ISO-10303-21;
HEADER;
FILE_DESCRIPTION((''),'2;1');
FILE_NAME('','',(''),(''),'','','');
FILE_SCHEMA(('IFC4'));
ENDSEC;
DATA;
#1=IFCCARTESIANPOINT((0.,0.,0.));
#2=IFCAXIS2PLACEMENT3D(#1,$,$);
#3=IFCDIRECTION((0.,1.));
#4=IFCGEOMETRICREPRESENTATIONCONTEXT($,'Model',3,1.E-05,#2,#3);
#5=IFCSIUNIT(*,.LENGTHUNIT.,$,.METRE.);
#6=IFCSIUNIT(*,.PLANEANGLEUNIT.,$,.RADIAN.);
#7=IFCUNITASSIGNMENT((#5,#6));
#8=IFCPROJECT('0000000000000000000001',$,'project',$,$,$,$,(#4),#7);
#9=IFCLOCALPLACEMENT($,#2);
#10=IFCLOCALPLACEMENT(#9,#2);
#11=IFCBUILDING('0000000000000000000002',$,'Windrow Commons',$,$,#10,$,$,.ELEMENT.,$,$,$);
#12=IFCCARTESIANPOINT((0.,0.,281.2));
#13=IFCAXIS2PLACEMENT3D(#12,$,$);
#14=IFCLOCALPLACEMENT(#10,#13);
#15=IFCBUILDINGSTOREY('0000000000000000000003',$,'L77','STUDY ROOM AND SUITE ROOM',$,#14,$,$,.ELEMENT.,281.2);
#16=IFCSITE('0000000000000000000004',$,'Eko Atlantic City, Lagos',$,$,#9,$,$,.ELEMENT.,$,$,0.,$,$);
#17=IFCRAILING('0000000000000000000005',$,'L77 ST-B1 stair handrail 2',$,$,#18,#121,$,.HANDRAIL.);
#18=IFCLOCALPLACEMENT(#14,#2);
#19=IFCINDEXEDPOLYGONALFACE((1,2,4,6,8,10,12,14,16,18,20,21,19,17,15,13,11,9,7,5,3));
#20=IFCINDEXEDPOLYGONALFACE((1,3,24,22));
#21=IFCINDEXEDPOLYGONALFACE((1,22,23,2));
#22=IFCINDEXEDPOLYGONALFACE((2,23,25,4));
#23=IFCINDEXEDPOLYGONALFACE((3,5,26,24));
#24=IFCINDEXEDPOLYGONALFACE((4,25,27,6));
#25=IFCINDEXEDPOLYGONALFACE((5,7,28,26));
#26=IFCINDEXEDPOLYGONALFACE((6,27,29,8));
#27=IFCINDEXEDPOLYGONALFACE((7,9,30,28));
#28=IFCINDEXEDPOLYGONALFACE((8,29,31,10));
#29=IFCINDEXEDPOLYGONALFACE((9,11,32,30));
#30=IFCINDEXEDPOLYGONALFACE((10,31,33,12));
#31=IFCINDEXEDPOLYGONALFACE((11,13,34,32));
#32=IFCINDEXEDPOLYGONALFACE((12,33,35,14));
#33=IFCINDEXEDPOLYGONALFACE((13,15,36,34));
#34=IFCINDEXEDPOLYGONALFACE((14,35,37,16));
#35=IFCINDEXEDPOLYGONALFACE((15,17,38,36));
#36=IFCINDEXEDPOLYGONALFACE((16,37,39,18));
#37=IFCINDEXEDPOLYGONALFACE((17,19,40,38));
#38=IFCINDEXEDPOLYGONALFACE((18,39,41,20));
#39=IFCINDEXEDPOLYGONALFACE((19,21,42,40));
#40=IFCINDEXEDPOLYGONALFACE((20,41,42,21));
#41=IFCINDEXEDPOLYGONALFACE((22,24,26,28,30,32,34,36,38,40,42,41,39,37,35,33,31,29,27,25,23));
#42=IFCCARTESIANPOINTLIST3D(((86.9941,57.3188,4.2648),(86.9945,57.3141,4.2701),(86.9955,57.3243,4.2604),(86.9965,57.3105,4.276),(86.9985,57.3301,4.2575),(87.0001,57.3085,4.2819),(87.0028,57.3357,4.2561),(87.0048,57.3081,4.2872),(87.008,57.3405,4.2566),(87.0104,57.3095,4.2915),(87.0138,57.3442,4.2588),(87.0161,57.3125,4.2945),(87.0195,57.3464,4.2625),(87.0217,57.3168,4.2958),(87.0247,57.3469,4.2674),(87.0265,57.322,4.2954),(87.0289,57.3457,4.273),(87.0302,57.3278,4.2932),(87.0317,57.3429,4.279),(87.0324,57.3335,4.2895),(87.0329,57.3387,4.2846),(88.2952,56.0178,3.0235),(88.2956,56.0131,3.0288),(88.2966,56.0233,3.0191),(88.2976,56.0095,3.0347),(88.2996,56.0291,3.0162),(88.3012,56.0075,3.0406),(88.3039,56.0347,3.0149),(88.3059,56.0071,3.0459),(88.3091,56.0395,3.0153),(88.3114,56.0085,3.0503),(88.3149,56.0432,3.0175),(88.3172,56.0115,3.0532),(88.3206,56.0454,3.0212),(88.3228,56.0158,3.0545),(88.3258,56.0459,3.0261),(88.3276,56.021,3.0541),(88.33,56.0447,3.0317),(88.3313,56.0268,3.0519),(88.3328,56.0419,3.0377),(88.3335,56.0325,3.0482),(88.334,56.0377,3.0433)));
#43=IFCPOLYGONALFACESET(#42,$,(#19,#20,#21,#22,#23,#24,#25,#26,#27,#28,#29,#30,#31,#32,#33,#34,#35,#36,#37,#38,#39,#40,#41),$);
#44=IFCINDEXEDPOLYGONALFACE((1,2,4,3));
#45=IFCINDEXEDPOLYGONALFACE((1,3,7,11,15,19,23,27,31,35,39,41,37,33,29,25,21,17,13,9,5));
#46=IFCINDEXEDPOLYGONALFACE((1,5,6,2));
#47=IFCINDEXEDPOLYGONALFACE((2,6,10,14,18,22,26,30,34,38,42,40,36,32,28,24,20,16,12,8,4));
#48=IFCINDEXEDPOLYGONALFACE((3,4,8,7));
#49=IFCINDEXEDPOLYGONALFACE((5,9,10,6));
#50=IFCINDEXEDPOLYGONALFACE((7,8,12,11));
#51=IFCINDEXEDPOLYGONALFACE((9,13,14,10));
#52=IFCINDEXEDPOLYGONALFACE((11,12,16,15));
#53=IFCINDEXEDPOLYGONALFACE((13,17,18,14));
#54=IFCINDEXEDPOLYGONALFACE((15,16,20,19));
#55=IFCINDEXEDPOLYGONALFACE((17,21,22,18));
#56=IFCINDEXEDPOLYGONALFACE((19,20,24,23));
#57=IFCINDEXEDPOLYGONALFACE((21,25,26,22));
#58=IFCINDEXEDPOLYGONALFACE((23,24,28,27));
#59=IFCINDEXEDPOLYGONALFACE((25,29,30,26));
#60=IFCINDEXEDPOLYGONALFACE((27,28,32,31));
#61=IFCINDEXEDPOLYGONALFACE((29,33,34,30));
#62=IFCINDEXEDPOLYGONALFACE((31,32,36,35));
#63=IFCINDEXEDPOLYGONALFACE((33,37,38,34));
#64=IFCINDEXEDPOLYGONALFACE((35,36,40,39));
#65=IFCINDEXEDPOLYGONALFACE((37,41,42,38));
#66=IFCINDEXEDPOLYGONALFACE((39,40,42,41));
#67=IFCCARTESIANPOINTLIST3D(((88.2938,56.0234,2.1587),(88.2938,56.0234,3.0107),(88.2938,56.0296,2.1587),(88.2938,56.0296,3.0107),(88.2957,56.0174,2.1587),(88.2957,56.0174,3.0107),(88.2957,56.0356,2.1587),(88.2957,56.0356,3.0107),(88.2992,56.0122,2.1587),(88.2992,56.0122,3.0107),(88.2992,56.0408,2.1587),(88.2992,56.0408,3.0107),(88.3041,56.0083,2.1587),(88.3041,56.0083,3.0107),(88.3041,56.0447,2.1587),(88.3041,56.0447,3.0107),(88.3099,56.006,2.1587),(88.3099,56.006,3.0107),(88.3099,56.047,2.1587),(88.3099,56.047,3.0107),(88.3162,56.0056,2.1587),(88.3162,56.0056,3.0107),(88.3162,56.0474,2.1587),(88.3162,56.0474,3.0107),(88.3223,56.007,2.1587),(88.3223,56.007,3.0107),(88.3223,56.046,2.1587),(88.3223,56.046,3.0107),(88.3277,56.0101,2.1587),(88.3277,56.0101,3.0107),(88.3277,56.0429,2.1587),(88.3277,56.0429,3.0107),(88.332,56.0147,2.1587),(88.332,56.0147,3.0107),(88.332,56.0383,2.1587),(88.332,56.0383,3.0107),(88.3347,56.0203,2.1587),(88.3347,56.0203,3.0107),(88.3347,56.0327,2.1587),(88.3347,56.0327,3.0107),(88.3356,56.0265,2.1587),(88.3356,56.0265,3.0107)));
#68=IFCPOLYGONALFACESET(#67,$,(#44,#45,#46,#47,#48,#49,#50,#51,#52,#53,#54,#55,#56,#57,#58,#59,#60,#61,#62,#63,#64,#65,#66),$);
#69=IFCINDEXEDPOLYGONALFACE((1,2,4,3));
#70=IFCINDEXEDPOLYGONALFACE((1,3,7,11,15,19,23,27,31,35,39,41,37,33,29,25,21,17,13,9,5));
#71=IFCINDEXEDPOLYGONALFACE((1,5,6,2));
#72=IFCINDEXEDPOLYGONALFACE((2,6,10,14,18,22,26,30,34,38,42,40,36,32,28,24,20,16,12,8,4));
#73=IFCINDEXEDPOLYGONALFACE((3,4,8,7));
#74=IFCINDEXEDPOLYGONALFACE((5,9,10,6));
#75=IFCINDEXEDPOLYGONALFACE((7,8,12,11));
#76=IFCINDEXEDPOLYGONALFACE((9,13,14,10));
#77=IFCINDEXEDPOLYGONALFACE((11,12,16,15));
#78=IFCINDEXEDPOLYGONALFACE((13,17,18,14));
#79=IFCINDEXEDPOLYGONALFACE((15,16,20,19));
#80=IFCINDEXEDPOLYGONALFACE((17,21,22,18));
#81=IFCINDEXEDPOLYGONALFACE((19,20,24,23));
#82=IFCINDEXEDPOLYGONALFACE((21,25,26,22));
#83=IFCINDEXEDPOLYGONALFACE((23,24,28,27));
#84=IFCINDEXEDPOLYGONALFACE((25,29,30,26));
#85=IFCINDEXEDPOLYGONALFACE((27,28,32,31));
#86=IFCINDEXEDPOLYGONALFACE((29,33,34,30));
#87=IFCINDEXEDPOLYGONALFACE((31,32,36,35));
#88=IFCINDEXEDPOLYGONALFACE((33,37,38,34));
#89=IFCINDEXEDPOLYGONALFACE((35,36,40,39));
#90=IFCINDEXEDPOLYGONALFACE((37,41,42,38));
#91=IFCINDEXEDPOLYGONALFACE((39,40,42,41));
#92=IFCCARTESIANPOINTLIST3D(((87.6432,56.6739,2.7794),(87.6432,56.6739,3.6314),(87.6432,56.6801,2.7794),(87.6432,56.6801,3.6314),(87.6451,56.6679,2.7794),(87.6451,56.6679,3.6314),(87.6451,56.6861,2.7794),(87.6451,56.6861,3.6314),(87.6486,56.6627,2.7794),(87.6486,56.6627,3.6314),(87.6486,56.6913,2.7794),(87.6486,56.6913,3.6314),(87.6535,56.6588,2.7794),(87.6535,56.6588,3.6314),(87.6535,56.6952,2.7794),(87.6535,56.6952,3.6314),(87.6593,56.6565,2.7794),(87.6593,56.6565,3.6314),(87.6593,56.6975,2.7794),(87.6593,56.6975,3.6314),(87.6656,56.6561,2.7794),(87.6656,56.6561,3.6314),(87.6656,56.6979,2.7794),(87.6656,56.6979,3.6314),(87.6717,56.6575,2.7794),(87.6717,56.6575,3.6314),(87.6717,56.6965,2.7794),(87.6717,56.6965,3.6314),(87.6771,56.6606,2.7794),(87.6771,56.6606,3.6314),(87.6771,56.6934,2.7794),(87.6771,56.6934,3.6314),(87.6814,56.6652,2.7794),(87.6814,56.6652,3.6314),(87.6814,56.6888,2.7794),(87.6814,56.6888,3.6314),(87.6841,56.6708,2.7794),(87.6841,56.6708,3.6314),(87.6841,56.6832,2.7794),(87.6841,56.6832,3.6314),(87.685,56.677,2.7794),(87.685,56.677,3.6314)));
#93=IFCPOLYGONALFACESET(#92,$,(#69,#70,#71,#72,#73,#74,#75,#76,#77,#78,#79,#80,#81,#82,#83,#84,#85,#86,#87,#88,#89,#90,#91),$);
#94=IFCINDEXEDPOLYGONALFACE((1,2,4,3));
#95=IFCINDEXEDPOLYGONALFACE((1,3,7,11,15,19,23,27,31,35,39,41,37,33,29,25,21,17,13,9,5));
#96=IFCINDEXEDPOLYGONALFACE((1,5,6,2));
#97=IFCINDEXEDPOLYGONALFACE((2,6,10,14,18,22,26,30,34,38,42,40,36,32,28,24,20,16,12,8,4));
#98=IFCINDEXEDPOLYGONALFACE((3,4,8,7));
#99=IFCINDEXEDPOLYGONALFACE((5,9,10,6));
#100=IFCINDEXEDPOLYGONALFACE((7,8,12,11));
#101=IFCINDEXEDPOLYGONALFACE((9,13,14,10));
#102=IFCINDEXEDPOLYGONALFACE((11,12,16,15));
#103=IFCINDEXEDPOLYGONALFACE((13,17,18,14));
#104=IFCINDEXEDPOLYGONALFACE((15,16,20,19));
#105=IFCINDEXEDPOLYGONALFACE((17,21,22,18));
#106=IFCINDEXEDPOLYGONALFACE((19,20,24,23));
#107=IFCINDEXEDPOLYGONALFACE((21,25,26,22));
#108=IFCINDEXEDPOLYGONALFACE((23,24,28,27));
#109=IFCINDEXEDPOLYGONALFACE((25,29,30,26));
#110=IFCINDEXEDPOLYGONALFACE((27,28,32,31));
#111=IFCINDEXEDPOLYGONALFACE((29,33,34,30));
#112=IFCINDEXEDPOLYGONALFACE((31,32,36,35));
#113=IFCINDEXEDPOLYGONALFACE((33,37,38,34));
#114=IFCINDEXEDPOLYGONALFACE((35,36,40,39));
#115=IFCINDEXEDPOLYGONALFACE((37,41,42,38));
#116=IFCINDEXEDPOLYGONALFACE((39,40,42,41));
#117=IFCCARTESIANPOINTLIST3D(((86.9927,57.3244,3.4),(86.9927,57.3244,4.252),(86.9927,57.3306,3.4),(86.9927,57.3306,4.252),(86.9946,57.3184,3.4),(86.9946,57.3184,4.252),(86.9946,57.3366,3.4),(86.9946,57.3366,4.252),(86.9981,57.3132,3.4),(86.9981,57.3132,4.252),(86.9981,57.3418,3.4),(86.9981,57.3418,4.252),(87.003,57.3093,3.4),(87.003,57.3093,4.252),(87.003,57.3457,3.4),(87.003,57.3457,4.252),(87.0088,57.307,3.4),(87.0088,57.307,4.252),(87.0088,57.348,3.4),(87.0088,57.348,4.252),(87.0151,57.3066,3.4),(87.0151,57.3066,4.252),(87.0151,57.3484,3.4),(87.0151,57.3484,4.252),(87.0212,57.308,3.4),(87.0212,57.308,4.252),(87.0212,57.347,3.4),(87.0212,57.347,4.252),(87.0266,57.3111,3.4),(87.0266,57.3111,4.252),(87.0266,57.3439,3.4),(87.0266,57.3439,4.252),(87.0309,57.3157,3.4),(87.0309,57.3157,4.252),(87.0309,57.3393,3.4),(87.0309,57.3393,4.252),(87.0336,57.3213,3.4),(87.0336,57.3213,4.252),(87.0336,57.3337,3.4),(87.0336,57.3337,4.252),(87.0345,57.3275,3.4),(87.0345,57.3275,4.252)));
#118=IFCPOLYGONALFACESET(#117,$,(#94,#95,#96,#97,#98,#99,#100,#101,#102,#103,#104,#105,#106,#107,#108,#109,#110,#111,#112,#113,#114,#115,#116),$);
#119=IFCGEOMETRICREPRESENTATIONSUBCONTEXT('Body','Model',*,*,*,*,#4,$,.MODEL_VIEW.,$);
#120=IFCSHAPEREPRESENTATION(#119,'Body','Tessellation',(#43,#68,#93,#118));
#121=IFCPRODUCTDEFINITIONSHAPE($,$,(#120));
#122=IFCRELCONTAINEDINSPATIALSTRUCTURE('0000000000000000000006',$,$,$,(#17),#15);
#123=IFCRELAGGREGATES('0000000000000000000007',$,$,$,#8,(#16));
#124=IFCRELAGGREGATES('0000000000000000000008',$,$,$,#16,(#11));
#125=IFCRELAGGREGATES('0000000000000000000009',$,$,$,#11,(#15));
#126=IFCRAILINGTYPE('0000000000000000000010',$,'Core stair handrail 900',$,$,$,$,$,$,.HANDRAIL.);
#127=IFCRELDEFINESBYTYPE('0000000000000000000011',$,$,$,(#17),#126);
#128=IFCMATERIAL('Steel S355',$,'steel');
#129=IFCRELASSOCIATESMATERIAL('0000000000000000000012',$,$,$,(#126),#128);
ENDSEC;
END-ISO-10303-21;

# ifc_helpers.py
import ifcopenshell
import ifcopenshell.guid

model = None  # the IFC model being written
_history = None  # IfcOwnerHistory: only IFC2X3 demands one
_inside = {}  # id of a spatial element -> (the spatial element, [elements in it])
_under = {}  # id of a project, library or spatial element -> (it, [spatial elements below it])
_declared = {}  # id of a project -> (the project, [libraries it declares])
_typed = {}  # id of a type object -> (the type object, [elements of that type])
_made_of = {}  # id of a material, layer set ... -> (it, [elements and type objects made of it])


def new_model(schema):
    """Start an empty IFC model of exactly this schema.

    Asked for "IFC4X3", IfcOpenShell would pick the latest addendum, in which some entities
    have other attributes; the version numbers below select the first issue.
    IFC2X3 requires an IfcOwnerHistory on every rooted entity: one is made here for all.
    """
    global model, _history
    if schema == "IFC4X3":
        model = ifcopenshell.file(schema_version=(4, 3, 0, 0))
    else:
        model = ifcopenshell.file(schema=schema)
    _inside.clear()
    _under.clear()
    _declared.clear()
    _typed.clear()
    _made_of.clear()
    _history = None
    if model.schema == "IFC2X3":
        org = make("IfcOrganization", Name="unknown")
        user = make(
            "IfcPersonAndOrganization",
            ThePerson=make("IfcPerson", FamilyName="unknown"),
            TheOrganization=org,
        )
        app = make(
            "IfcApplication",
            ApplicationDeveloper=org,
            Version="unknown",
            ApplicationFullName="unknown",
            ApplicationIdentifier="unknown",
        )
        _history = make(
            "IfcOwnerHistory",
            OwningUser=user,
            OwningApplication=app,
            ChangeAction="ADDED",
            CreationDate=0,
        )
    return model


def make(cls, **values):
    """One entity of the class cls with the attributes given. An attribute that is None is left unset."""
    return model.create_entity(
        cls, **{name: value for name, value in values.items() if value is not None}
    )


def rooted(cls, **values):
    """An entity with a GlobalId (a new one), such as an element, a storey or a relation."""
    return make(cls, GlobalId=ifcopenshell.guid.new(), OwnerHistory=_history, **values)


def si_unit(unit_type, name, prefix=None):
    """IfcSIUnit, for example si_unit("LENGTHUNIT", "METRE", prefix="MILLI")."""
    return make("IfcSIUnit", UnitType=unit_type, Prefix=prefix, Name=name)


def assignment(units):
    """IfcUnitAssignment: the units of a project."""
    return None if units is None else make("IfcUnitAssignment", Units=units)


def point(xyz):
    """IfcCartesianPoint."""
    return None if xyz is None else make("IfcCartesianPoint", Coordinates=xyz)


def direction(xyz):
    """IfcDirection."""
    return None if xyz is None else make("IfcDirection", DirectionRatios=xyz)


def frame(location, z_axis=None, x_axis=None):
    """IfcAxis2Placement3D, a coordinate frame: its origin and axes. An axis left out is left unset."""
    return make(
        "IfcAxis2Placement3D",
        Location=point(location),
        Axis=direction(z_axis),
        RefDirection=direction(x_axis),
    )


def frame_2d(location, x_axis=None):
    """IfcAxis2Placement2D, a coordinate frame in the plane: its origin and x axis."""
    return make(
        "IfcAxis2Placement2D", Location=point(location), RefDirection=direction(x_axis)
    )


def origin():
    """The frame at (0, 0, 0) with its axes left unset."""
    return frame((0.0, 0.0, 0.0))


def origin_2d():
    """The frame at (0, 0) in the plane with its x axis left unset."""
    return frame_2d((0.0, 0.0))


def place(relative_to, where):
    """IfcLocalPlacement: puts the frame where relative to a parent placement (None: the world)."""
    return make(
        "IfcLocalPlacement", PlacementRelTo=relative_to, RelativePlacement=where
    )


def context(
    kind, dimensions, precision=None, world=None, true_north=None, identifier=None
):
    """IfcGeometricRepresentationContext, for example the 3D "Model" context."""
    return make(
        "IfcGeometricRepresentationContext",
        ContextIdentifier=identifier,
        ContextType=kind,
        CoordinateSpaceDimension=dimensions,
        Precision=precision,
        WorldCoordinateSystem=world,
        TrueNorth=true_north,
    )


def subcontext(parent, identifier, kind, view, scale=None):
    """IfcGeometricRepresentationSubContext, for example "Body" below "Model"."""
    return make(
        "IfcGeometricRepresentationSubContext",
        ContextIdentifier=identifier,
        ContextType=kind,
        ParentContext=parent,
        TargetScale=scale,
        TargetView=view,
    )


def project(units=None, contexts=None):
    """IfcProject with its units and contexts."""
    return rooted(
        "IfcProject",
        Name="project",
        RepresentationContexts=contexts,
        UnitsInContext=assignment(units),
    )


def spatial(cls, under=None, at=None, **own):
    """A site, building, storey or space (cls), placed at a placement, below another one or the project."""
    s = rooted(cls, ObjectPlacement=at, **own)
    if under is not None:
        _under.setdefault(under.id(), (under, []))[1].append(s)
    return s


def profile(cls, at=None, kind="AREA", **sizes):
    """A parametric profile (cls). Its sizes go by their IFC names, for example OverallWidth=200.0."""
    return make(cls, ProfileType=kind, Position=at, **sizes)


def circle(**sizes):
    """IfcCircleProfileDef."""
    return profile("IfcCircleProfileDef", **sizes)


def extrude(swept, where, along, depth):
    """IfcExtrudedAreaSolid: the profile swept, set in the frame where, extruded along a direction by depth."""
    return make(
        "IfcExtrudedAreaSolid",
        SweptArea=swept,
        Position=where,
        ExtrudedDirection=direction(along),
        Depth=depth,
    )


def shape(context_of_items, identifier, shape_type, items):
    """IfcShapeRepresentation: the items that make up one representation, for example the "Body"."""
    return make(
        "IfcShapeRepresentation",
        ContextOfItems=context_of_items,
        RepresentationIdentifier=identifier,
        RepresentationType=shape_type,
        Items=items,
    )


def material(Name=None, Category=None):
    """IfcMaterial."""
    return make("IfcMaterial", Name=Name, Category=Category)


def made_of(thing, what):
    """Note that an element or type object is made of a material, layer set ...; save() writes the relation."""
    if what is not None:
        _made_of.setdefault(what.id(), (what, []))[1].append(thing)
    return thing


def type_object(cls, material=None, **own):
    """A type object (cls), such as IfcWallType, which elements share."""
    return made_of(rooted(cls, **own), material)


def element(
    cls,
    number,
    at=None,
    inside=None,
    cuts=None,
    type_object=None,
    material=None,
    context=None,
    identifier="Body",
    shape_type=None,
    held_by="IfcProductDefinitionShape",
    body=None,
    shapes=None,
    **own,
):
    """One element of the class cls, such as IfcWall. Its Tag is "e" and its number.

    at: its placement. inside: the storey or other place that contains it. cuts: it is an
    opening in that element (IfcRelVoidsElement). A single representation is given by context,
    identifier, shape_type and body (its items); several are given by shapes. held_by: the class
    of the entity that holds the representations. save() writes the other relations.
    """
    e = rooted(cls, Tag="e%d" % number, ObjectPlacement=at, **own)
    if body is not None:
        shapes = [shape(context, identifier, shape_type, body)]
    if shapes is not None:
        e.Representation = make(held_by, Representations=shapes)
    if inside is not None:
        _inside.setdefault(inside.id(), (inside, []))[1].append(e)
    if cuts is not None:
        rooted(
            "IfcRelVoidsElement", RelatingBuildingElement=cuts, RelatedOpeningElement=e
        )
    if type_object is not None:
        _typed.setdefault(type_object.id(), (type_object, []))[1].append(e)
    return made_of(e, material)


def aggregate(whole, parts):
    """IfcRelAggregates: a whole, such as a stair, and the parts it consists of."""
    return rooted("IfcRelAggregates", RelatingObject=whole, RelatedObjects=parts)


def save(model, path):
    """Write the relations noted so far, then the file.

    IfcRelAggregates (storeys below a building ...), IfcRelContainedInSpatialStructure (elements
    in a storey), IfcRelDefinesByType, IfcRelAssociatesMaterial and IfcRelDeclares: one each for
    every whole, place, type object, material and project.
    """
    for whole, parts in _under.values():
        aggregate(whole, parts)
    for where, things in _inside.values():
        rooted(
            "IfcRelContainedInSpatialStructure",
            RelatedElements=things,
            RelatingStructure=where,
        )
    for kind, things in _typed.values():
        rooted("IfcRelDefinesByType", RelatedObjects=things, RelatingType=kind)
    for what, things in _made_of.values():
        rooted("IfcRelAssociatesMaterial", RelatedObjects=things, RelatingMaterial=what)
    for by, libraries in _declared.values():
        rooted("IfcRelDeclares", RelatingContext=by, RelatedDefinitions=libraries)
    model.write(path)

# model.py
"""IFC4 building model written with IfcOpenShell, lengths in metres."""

from ifc_helpers import new_model, si_unit, direction, frame, origin, origin_2d, place, context, subcontext, project, spatial, circle, extrude, material, type_object, element, save


model = new_model("IFC4")

# Units and contexts
model_context = context("Model", 3, precision=1e-05, world=origin(), true_north=direction((0.0, 1.0)))
body_context = subcontext(model_context, "Body", "Model", "MODEL_VIEW")
ifc_project = project(units=[si_unit("LENGTHUNIT", "METRE"), si_unit("PLANEANGLEUNIT", "RADIAN")], contexts=[model_context])

# Site, building, storey
site_placement = place(None, origin())
site = spatial("IfcSite", under=ifc_project, at=site_placement, Name="Eko Atlantic City, Lagos", CompositionType="ELEMENT", RefElevation=0.0)
building_placement = place(site_placement, origin())
building = spatial("IfcBuilding", under=site, at=building_placement, Name="Windrow Commons", CompositionType="ELEMENT")
storey_placement = place(building_placement, frame((0.0, 0.0, 281.2)))
storey = spatial("IfcBuildingStorey", under=building, at=storey_placement, Name="L77", Description="STUDY ROOM AND SUITE ROOM", CompositionType="ELEMENT", Elevation=281.2)

# Railing
ifc_material_1 = material(Name="Steel S355", Category="steel")
railing_type_1 = type_object("IfcRailingType", Name="Core stair handrail 900", PredefinedType="HANDRAIL", material=ifc_material_1)
railing_1_placement = place(storey_placement, frame((88.3146, 56.0265, 2.1587)))
element("IfcRailing", 1, at=railing_1_placement, inside=storey, type_object=railing_type_1, Name="L77 ST-B1 stair handrail 2", PredefinedType="HANDRAIL", context=body_context, shape_type="SweptSolid", body=[
    extrude(circle(Radius=0.024, at=origin_2d()), frame((0.0, 0.0, 0.876), z_axis=(-0.586207, 0.586162, 0.559264), x_axis=(-0.70708, -0.707134, 0.0)), (0.0, 0.0, 1.0), 2.2195),
    extrude(circle(Radius=0.021, at=origin_2d()), origin(), (0.0, 0.0, 1.0), 0.852),
    extrude(circle(Radius=0.021, at=origin_2d()), frame((-0.6506, 0.6505, 0.6207)), (0.0, 0.0, 1.0), 0.852),
    extrude(circle(Radius=0.021, at=origin_2d()), frame((-1.3011, 1.301, 1.2413)), (0.0, 0.0, 1.0), 0.852),
])

save(model, "model.ifc")
